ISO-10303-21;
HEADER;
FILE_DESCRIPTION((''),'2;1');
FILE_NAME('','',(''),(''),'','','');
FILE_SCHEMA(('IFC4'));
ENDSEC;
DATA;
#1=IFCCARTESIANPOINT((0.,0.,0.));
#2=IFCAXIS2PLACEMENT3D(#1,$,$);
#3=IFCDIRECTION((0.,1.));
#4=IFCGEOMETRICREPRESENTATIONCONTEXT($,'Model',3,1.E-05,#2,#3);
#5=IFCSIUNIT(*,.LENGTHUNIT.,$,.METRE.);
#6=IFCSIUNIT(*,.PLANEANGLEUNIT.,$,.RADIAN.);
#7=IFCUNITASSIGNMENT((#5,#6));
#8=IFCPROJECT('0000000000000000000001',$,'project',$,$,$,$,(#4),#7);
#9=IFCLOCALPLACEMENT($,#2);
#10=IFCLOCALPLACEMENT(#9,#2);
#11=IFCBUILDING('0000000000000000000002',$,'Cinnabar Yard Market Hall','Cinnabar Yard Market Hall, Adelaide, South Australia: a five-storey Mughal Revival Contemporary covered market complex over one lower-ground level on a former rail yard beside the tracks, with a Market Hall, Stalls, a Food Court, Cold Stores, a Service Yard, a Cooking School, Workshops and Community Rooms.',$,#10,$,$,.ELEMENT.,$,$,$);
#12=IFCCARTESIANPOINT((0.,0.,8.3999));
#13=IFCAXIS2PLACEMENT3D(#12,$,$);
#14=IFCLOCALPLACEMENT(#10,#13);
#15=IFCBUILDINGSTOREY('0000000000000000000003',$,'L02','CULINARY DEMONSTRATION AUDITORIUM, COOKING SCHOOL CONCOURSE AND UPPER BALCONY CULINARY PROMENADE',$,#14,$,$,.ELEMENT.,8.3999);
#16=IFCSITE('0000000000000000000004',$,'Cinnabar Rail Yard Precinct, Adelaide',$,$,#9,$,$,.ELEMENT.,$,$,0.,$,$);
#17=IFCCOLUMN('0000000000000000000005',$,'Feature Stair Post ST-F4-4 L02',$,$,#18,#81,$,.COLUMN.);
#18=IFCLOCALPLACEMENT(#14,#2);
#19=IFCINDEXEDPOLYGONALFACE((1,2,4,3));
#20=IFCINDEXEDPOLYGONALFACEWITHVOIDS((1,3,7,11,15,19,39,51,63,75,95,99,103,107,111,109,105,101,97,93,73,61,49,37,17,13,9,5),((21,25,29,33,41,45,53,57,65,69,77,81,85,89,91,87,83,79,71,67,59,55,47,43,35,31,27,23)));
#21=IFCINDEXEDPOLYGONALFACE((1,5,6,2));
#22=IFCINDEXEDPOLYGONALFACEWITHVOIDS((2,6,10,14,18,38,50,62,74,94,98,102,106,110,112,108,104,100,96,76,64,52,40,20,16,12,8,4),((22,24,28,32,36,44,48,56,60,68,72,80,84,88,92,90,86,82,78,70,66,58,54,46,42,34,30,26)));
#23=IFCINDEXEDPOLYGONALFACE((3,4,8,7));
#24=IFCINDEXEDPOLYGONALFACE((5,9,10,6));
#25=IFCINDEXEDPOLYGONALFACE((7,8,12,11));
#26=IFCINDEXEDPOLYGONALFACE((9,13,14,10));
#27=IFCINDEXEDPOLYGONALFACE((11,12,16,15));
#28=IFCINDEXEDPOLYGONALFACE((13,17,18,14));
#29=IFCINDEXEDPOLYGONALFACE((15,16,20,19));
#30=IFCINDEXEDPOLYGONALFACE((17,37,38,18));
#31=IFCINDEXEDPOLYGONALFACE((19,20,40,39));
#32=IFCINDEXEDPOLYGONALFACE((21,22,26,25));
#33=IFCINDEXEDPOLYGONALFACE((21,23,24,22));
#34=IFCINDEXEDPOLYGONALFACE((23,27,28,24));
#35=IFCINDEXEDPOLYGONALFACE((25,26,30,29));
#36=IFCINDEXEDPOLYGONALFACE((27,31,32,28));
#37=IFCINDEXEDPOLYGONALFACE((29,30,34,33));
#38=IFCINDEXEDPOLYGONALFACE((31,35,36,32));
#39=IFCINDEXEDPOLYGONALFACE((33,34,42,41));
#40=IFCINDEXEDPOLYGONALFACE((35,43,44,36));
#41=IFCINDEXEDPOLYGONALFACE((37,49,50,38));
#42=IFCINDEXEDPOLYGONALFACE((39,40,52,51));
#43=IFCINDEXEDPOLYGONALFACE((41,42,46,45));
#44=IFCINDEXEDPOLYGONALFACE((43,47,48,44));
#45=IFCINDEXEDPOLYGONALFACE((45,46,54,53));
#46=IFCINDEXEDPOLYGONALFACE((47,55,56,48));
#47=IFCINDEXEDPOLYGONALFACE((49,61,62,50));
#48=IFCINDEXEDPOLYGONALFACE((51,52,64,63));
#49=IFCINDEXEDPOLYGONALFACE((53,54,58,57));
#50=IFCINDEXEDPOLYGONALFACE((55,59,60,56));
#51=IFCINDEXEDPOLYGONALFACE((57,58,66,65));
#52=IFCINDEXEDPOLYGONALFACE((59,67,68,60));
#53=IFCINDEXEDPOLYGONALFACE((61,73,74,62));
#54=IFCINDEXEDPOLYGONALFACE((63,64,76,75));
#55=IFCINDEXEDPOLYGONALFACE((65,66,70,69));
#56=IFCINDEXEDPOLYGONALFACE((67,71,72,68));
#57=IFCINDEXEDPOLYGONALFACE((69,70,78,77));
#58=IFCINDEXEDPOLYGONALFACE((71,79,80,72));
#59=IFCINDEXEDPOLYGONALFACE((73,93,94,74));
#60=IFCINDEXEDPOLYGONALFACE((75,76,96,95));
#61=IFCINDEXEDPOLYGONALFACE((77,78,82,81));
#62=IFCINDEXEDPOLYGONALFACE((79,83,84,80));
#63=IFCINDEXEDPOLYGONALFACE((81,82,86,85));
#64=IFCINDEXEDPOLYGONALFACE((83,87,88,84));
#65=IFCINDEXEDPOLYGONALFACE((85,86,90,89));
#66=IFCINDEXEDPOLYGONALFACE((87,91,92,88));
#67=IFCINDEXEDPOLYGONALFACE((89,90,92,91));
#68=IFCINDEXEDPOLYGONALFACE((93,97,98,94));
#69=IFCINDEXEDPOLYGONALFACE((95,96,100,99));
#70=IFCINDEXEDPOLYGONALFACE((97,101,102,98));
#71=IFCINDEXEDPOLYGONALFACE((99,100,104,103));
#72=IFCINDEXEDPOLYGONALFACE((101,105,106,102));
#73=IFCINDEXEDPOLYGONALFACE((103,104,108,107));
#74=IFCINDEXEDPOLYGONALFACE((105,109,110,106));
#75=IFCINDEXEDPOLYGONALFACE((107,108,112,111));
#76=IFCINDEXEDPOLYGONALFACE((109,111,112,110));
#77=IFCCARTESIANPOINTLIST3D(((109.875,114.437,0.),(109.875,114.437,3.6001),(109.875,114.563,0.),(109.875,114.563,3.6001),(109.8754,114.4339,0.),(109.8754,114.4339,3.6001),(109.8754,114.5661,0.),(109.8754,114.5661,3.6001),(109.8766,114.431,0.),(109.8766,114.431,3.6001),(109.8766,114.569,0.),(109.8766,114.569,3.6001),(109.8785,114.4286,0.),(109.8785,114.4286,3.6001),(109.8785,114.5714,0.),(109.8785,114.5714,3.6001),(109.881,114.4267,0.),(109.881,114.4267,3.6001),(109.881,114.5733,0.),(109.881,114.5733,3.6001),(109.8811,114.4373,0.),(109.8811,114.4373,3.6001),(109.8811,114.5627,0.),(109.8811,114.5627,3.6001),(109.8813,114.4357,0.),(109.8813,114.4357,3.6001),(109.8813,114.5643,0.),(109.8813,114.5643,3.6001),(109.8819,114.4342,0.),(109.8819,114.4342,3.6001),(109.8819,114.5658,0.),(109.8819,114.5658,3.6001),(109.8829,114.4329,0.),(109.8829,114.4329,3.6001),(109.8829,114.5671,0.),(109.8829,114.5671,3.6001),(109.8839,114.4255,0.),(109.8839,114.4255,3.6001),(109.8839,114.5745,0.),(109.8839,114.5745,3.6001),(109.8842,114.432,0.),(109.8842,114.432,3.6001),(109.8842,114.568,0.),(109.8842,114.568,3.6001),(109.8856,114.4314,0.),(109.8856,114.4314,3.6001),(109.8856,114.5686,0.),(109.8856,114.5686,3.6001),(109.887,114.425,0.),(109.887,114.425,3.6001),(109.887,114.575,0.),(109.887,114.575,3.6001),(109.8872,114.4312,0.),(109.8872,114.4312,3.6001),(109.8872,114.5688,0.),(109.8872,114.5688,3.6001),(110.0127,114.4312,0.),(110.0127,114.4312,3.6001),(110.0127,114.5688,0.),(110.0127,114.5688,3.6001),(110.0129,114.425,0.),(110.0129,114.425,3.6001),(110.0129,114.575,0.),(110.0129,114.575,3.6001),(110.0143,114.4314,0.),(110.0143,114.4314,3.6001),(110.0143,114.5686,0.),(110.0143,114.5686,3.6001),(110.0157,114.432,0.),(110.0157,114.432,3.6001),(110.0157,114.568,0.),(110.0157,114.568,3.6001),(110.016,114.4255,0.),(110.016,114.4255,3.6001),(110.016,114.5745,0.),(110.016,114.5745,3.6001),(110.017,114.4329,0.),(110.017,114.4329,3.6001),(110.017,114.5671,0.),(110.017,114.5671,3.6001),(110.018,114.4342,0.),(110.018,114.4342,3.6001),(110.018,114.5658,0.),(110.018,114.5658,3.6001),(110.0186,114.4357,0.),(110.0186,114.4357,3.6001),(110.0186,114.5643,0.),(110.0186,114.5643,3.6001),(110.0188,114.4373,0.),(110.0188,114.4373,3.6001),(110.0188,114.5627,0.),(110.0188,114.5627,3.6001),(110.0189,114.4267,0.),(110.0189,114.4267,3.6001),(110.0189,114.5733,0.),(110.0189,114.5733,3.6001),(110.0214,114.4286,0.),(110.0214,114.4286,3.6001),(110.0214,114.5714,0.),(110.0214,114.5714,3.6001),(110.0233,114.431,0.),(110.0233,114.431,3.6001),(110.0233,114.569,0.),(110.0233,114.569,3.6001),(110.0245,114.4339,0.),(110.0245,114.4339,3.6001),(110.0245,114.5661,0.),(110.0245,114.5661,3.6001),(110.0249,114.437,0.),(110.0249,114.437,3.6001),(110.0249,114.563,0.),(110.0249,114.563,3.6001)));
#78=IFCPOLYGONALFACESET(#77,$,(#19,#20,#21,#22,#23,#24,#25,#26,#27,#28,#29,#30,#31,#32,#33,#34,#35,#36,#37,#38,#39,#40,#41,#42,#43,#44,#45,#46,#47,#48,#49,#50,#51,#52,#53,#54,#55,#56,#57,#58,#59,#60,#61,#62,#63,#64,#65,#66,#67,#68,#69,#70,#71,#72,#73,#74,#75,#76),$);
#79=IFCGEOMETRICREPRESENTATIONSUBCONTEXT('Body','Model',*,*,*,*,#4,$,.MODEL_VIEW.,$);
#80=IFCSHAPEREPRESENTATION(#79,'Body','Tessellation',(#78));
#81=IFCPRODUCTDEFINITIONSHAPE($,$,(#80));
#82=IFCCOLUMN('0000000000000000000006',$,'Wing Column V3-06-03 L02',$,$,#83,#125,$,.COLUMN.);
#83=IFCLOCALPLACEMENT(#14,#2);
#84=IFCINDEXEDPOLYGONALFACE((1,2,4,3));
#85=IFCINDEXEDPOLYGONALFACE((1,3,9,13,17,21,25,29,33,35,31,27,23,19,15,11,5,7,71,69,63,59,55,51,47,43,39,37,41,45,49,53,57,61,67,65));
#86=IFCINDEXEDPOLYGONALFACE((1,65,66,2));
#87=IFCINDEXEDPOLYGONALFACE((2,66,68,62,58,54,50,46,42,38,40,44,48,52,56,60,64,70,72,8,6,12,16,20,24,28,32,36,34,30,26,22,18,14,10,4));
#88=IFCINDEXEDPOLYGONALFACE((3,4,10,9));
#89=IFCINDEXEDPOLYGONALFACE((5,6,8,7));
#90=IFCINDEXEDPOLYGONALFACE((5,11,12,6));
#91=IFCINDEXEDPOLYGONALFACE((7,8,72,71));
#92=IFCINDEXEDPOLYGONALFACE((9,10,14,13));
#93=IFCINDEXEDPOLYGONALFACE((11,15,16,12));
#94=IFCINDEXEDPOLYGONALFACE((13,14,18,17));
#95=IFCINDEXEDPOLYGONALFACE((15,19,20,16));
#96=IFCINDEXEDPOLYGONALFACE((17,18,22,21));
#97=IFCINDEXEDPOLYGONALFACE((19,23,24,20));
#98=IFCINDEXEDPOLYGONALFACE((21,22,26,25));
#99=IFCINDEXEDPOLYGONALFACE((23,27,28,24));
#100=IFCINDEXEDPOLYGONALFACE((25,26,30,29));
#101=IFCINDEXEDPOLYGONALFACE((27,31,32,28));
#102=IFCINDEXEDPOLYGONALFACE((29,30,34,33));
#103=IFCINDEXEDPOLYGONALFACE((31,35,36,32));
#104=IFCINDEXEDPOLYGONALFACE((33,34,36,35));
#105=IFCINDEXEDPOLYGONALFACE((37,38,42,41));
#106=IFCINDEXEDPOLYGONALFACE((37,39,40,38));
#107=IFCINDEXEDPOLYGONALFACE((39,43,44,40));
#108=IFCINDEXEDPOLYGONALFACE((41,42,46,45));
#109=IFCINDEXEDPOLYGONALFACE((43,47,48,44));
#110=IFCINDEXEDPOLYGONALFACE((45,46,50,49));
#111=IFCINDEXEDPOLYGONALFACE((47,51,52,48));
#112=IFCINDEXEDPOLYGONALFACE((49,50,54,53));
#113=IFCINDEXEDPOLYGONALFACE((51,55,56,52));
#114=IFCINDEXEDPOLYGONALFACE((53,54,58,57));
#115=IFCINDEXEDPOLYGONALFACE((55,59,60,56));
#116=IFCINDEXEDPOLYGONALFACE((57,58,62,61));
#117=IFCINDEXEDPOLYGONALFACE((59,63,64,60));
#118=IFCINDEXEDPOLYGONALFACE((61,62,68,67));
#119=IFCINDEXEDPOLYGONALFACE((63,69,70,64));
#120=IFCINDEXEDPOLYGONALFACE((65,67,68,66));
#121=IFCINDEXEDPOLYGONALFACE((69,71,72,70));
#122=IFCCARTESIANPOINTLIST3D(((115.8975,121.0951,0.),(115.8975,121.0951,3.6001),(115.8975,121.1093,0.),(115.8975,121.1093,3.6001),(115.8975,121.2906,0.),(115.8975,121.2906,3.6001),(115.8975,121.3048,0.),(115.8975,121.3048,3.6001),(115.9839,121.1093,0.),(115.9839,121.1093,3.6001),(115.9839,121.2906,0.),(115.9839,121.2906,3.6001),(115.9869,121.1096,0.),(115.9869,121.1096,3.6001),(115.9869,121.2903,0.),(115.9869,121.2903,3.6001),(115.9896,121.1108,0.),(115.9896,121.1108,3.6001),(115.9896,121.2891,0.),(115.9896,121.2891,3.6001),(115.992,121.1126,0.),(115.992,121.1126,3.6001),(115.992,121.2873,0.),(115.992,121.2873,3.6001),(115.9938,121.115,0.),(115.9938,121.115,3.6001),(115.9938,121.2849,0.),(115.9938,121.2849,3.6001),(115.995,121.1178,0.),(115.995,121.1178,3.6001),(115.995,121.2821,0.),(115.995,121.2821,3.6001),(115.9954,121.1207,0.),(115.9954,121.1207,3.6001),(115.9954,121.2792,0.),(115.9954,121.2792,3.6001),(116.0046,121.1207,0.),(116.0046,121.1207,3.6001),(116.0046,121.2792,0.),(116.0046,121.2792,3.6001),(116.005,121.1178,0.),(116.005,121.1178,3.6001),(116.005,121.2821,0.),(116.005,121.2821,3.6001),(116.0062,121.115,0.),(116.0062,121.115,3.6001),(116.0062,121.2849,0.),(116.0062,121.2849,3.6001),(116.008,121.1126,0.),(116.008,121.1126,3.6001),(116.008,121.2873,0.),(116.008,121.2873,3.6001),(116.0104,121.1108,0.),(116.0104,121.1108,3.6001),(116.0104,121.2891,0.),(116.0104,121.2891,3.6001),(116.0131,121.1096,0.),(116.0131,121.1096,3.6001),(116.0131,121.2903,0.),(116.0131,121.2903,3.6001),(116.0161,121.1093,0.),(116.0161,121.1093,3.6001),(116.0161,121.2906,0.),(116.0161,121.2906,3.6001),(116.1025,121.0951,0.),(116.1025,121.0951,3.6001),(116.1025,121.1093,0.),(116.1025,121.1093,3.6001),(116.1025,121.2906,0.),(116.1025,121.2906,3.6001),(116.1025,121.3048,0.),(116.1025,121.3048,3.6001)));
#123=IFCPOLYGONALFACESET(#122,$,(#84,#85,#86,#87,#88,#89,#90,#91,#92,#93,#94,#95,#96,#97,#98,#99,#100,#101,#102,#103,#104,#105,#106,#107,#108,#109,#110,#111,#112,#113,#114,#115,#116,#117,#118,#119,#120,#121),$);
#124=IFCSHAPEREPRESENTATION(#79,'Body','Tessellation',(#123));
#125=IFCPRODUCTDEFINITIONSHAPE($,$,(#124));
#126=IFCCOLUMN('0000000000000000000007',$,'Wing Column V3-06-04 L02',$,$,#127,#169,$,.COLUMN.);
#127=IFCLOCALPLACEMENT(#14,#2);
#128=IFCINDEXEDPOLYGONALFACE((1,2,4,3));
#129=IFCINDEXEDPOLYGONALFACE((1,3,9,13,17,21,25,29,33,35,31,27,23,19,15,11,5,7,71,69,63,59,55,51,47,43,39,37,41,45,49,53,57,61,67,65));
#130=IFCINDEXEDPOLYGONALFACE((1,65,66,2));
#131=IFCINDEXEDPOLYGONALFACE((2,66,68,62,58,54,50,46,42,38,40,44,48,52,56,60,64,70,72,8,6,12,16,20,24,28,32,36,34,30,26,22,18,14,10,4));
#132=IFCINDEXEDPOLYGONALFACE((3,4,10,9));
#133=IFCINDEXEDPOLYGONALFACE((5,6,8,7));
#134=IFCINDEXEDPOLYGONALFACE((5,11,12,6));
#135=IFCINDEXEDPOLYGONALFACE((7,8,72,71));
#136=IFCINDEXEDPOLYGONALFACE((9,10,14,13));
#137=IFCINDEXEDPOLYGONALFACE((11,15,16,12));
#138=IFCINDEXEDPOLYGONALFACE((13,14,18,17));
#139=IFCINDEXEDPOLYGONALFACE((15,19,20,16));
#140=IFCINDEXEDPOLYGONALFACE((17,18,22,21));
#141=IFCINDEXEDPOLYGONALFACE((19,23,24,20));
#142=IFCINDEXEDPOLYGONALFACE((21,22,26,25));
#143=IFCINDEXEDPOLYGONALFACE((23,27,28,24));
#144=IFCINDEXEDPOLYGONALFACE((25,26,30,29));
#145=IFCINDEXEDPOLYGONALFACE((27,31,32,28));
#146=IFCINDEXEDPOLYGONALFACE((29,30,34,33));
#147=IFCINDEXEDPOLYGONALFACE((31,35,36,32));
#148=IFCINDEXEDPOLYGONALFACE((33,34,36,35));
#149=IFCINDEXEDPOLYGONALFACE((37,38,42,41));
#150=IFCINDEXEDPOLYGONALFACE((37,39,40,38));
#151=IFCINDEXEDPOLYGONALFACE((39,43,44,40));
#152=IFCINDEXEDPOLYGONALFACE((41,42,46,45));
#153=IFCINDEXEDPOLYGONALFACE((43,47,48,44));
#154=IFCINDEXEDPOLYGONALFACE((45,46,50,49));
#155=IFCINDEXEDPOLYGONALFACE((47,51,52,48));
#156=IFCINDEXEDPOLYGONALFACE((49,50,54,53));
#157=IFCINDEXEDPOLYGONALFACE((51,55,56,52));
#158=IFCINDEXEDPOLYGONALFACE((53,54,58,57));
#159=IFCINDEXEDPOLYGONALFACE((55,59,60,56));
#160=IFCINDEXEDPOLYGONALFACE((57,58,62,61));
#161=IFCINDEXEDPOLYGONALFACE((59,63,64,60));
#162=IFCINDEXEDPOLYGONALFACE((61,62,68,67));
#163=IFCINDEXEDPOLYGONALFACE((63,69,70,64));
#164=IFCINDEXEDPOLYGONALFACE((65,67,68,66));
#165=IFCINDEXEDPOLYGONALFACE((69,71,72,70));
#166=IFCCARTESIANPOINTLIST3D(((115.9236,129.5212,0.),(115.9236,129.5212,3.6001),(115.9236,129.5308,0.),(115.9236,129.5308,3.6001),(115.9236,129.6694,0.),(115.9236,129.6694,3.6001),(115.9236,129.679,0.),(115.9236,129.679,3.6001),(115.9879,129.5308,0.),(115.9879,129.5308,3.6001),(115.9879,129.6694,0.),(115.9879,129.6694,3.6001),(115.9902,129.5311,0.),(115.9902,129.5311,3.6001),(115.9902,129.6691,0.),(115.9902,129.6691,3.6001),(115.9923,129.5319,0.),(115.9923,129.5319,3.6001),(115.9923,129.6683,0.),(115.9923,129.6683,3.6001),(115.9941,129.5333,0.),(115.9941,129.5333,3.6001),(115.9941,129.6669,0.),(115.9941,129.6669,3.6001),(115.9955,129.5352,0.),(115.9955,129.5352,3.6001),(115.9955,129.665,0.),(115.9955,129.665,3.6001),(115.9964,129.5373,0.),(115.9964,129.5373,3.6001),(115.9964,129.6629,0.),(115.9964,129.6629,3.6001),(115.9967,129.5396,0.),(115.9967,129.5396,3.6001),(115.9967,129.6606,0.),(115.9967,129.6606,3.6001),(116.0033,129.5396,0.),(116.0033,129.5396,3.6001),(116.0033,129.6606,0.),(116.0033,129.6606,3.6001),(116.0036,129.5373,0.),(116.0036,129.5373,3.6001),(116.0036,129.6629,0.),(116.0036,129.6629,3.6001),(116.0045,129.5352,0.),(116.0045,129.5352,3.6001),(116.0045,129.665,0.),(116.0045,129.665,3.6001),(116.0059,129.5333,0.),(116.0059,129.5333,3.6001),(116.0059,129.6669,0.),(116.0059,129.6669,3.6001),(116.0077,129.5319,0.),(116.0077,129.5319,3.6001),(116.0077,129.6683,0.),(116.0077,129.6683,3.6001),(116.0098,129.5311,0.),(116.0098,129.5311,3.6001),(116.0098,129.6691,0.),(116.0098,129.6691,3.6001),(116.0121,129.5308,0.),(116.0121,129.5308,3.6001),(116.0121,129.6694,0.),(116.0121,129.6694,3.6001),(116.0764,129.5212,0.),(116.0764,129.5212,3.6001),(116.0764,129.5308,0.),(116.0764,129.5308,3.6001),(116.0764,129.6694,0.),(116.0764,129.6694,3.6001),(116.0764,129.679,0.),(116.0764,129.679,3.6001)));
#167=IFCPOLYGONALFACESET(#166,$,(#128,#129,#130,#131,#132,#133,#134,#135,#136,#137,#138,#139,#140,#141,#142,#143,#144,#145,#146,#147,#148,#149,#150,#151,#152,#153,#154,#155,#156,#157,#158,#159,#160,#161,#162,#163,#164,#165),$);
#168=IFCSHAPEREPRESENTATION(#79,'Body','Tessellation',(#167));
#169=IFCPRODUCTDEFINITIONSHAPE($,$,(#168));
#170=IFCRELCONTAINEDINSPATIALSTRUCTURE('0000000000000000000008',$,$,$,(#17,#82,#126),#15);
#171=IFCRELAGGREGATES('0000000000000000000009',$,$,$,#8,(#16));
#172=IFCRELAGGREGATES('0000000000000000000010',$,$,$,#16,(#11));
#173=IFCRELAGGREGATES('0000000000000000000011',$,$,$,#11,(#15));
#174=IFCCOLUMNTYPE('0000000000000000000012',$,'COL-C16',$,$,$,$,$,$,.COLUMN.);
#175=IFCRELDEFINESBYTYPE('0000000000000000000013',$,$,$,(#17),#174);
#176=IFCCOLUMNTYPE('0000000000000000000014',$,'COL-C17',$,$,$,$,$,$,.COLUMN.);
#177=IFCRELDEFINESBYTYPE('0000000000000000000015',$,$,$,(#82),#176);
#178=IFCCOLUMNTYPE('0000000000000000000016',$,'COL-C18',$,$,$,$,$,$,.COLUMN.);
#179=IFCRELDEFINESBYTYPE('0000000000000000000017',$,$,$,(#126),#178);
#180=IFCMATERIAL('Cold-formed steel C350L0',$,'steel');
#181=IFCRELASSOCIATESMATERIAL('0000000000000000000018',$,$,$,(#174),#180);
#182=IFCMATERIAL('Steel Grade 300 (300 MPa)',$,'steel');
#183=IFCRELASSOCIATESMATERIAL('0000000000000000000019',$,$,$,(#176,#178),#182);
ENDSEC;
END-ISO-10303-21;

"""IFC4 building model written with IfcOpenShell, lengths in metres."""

from ifc_helpers import new_model, si_unit, direction, frame, origin, origin_2d_with_axis, place, context, subcontext, project, spatial, hollow_rectangle, i_section, extrude, material, material_profile, profile_set, type_object, element, save


model = new_model("IFC4")

# Units and contexts
model_context = context("Model", 3, precision=1e-05, world=origin(), true_north=direction((0.0, 1.0)))
body_context = subcontext(model_context, "Body", "Model", "MODEL_VIEW")
ifc_project = project(units=[si_unit("LENGTHUNIT", "METRE"), si_unit("PLANEANGLEUNIT", "RADIAN")], contexts=[model_context])

# Site, building, storey
site_placement = place(None, origin())
site = spatial("IfcSite", under=ifc_project, at=site_placement, Name="Cinnabar Rail Yard Precinct, Adelaide", CompositionType="ELEMENT", RefElevation=0.0)
building_placement = place(site_placement, origin())
building = spatial("IfcBuilding", under=site, at=building_placement, Name="Cinnabar Yard Market Hall", Description="Cinnabar Yard Market Hall, Adelaide, South Australia: a five-storey Mughal Revival Contemporary covered market complex over one lower-ground level on a former rail yard beside the tracks, with a Market Hall, Stalls, a Food Court, Cold Stores, a Service Yard, a Cooking School, Workshops and Community Rooms.", CompositionType="ELEMENT")
storey_placement = place(building_placement, frame((0.0, 0.0, 8.3999)))
storey = spatial("IfcBuildingStorey", under=building, at=storey_placement, Name="L02", Description="CULINARY DEMONSTRATION AUDITORIUM, COOKING SCHOOL CONCOURSE AND UPPER BALCONY CULINARY PROMENADE", CompositionType="ELEMENT", Elevation=8.3999)

# Columns
ifc_material_1 = material(Name="Cold-formed steel C350L0", Category="steel")
ifc_material_profile_1 = material_profile(ifc_material_1, hollow_rectangle(XDim=0.1499, YDim=0.1499, WallThickness=0.0061, InnerFilletRadius=0.0061, OuterFilletRadius=0.012, at=origin_2d_with_axis()), Name="150x150x6.0SHS")
ifc_profile_set_1 = profile_set([ifc_material_profile_1], Name="Cold-formed steel C350L0")
column_type_1 = type_object("IfcColumnType", Name="COL-C16", PredefinedType="COLUMN", material=ifc_profile_set_1)
column_1_placement = place(storey_placement, frame((109.95, 114.5, 0.0), z_axis=(0.0, 0.0, 1.0), x_axis=(1.0, 0.0, 0.0)))
element("IfcColumn", 1, at=column_1_placement, inside=storey, type_object=column_type_1, Name="Feature Stair Post ST-F4-4 L02", PredefinedType="COLUMN", context=body_context, shape_type="SweptSolid", body=[
    extrude(hollow_rectangle(XDim=0.1499, YDim=0.1499, WallThickness=0.0061, InnerFilletRadius=0.0061, OuterFilletRadius=0.012, at=origin_2d_with_axis()), origin(), (0.0, 0.0, 1.0), 3.6001),
])
ifc_material_2 = material(Name="Steel Grade 300 (300 MPa)", Category="steel")
ifc_material_profile_2 = material_profile(ifc_material_2, i_section(OverallWidth=0.2051, OverallDepth=0.2097, WebThickness=0.0093, FlangeThickness=0.0142, FilletRadius=0.0115, at=origin_2d_with_axis()), Name="200UC59.5")
ifc_profile_set_2 = profile_set([ifc_material_profile_2], Name="Steel Grade 300 (300 MPa)")
column_type_2 = type_object("IfcColumnType", Name="COL-C17", PredefinedType="COLUMN", material=ifc_profile_set_2)
column_2_placement = place(storey_placement, frame((116.0, 121.2, 0.0), z_axis=(0.0, 0.0, 1.0), x_axis=(1.0, 0.0, 0.0)))
element("IfcColumn", 2, at=column_2_placement, inside=storey, type_object=column_type_2, Name="Wing Column V3-06-03 L02", PredefinedType="COLUMN", context=body_context, shape_type="SweptSolid", body=[
    extrude(i_section(OverallWidth=0.2051, OverallDepth=0.2097, WebThickness=0.0093, FlangeThickness=0.0142, FilletRadius=0.0115, at=origin_2d_with_axis()), origin(), (0.0, 0.0, 1.0), 3.6001),
])
ifc_material_profile_3 = material_profile(ifc_material_2, i_section(OverallWidth=0.1528, OverallDepth=0.1577, WebThickness=0.0066, FlangeThickness=0.0095, FilletRadius=0.0088, at=origin_2d_with_axis()), Name="150UC30.0")
ifc_profile_set_3 = profile_set([ifc_material_profile_3], Name="Steel Grade 300 (300 MPa)")
column_type_3 = type_object("IfcColumnType", Name="COL-C18", PredefinedType="COLUMN", material=ifc_profile_set_3)
column_3_placement = place(storey_placement, frame((116.0, 129.6001, 0.0), z_axis=(0.0, 0.0, 1.0), x_axis=(1.0, 0.0, 0.0)))
element("IfcColumn", 3, at=column_3_placement, inside=storey, type_object=column_type_3, Name="Wing Column V3-06-04 L02", PredefinedType="COLUMN", context=body_context, shape_type="SweptSolid", body=[
    extrude(i_section(OverallWidth=0.1528, OverallDepth=0.1577, WebThickness=0.0066, FlangeThickness=0.0095, FilletRadius=0.0088, at=origin_2d_with_axis()), origin(), (0.0, 0.0, 1.0), 3.6001),
])

save(model, "model.ifc")
